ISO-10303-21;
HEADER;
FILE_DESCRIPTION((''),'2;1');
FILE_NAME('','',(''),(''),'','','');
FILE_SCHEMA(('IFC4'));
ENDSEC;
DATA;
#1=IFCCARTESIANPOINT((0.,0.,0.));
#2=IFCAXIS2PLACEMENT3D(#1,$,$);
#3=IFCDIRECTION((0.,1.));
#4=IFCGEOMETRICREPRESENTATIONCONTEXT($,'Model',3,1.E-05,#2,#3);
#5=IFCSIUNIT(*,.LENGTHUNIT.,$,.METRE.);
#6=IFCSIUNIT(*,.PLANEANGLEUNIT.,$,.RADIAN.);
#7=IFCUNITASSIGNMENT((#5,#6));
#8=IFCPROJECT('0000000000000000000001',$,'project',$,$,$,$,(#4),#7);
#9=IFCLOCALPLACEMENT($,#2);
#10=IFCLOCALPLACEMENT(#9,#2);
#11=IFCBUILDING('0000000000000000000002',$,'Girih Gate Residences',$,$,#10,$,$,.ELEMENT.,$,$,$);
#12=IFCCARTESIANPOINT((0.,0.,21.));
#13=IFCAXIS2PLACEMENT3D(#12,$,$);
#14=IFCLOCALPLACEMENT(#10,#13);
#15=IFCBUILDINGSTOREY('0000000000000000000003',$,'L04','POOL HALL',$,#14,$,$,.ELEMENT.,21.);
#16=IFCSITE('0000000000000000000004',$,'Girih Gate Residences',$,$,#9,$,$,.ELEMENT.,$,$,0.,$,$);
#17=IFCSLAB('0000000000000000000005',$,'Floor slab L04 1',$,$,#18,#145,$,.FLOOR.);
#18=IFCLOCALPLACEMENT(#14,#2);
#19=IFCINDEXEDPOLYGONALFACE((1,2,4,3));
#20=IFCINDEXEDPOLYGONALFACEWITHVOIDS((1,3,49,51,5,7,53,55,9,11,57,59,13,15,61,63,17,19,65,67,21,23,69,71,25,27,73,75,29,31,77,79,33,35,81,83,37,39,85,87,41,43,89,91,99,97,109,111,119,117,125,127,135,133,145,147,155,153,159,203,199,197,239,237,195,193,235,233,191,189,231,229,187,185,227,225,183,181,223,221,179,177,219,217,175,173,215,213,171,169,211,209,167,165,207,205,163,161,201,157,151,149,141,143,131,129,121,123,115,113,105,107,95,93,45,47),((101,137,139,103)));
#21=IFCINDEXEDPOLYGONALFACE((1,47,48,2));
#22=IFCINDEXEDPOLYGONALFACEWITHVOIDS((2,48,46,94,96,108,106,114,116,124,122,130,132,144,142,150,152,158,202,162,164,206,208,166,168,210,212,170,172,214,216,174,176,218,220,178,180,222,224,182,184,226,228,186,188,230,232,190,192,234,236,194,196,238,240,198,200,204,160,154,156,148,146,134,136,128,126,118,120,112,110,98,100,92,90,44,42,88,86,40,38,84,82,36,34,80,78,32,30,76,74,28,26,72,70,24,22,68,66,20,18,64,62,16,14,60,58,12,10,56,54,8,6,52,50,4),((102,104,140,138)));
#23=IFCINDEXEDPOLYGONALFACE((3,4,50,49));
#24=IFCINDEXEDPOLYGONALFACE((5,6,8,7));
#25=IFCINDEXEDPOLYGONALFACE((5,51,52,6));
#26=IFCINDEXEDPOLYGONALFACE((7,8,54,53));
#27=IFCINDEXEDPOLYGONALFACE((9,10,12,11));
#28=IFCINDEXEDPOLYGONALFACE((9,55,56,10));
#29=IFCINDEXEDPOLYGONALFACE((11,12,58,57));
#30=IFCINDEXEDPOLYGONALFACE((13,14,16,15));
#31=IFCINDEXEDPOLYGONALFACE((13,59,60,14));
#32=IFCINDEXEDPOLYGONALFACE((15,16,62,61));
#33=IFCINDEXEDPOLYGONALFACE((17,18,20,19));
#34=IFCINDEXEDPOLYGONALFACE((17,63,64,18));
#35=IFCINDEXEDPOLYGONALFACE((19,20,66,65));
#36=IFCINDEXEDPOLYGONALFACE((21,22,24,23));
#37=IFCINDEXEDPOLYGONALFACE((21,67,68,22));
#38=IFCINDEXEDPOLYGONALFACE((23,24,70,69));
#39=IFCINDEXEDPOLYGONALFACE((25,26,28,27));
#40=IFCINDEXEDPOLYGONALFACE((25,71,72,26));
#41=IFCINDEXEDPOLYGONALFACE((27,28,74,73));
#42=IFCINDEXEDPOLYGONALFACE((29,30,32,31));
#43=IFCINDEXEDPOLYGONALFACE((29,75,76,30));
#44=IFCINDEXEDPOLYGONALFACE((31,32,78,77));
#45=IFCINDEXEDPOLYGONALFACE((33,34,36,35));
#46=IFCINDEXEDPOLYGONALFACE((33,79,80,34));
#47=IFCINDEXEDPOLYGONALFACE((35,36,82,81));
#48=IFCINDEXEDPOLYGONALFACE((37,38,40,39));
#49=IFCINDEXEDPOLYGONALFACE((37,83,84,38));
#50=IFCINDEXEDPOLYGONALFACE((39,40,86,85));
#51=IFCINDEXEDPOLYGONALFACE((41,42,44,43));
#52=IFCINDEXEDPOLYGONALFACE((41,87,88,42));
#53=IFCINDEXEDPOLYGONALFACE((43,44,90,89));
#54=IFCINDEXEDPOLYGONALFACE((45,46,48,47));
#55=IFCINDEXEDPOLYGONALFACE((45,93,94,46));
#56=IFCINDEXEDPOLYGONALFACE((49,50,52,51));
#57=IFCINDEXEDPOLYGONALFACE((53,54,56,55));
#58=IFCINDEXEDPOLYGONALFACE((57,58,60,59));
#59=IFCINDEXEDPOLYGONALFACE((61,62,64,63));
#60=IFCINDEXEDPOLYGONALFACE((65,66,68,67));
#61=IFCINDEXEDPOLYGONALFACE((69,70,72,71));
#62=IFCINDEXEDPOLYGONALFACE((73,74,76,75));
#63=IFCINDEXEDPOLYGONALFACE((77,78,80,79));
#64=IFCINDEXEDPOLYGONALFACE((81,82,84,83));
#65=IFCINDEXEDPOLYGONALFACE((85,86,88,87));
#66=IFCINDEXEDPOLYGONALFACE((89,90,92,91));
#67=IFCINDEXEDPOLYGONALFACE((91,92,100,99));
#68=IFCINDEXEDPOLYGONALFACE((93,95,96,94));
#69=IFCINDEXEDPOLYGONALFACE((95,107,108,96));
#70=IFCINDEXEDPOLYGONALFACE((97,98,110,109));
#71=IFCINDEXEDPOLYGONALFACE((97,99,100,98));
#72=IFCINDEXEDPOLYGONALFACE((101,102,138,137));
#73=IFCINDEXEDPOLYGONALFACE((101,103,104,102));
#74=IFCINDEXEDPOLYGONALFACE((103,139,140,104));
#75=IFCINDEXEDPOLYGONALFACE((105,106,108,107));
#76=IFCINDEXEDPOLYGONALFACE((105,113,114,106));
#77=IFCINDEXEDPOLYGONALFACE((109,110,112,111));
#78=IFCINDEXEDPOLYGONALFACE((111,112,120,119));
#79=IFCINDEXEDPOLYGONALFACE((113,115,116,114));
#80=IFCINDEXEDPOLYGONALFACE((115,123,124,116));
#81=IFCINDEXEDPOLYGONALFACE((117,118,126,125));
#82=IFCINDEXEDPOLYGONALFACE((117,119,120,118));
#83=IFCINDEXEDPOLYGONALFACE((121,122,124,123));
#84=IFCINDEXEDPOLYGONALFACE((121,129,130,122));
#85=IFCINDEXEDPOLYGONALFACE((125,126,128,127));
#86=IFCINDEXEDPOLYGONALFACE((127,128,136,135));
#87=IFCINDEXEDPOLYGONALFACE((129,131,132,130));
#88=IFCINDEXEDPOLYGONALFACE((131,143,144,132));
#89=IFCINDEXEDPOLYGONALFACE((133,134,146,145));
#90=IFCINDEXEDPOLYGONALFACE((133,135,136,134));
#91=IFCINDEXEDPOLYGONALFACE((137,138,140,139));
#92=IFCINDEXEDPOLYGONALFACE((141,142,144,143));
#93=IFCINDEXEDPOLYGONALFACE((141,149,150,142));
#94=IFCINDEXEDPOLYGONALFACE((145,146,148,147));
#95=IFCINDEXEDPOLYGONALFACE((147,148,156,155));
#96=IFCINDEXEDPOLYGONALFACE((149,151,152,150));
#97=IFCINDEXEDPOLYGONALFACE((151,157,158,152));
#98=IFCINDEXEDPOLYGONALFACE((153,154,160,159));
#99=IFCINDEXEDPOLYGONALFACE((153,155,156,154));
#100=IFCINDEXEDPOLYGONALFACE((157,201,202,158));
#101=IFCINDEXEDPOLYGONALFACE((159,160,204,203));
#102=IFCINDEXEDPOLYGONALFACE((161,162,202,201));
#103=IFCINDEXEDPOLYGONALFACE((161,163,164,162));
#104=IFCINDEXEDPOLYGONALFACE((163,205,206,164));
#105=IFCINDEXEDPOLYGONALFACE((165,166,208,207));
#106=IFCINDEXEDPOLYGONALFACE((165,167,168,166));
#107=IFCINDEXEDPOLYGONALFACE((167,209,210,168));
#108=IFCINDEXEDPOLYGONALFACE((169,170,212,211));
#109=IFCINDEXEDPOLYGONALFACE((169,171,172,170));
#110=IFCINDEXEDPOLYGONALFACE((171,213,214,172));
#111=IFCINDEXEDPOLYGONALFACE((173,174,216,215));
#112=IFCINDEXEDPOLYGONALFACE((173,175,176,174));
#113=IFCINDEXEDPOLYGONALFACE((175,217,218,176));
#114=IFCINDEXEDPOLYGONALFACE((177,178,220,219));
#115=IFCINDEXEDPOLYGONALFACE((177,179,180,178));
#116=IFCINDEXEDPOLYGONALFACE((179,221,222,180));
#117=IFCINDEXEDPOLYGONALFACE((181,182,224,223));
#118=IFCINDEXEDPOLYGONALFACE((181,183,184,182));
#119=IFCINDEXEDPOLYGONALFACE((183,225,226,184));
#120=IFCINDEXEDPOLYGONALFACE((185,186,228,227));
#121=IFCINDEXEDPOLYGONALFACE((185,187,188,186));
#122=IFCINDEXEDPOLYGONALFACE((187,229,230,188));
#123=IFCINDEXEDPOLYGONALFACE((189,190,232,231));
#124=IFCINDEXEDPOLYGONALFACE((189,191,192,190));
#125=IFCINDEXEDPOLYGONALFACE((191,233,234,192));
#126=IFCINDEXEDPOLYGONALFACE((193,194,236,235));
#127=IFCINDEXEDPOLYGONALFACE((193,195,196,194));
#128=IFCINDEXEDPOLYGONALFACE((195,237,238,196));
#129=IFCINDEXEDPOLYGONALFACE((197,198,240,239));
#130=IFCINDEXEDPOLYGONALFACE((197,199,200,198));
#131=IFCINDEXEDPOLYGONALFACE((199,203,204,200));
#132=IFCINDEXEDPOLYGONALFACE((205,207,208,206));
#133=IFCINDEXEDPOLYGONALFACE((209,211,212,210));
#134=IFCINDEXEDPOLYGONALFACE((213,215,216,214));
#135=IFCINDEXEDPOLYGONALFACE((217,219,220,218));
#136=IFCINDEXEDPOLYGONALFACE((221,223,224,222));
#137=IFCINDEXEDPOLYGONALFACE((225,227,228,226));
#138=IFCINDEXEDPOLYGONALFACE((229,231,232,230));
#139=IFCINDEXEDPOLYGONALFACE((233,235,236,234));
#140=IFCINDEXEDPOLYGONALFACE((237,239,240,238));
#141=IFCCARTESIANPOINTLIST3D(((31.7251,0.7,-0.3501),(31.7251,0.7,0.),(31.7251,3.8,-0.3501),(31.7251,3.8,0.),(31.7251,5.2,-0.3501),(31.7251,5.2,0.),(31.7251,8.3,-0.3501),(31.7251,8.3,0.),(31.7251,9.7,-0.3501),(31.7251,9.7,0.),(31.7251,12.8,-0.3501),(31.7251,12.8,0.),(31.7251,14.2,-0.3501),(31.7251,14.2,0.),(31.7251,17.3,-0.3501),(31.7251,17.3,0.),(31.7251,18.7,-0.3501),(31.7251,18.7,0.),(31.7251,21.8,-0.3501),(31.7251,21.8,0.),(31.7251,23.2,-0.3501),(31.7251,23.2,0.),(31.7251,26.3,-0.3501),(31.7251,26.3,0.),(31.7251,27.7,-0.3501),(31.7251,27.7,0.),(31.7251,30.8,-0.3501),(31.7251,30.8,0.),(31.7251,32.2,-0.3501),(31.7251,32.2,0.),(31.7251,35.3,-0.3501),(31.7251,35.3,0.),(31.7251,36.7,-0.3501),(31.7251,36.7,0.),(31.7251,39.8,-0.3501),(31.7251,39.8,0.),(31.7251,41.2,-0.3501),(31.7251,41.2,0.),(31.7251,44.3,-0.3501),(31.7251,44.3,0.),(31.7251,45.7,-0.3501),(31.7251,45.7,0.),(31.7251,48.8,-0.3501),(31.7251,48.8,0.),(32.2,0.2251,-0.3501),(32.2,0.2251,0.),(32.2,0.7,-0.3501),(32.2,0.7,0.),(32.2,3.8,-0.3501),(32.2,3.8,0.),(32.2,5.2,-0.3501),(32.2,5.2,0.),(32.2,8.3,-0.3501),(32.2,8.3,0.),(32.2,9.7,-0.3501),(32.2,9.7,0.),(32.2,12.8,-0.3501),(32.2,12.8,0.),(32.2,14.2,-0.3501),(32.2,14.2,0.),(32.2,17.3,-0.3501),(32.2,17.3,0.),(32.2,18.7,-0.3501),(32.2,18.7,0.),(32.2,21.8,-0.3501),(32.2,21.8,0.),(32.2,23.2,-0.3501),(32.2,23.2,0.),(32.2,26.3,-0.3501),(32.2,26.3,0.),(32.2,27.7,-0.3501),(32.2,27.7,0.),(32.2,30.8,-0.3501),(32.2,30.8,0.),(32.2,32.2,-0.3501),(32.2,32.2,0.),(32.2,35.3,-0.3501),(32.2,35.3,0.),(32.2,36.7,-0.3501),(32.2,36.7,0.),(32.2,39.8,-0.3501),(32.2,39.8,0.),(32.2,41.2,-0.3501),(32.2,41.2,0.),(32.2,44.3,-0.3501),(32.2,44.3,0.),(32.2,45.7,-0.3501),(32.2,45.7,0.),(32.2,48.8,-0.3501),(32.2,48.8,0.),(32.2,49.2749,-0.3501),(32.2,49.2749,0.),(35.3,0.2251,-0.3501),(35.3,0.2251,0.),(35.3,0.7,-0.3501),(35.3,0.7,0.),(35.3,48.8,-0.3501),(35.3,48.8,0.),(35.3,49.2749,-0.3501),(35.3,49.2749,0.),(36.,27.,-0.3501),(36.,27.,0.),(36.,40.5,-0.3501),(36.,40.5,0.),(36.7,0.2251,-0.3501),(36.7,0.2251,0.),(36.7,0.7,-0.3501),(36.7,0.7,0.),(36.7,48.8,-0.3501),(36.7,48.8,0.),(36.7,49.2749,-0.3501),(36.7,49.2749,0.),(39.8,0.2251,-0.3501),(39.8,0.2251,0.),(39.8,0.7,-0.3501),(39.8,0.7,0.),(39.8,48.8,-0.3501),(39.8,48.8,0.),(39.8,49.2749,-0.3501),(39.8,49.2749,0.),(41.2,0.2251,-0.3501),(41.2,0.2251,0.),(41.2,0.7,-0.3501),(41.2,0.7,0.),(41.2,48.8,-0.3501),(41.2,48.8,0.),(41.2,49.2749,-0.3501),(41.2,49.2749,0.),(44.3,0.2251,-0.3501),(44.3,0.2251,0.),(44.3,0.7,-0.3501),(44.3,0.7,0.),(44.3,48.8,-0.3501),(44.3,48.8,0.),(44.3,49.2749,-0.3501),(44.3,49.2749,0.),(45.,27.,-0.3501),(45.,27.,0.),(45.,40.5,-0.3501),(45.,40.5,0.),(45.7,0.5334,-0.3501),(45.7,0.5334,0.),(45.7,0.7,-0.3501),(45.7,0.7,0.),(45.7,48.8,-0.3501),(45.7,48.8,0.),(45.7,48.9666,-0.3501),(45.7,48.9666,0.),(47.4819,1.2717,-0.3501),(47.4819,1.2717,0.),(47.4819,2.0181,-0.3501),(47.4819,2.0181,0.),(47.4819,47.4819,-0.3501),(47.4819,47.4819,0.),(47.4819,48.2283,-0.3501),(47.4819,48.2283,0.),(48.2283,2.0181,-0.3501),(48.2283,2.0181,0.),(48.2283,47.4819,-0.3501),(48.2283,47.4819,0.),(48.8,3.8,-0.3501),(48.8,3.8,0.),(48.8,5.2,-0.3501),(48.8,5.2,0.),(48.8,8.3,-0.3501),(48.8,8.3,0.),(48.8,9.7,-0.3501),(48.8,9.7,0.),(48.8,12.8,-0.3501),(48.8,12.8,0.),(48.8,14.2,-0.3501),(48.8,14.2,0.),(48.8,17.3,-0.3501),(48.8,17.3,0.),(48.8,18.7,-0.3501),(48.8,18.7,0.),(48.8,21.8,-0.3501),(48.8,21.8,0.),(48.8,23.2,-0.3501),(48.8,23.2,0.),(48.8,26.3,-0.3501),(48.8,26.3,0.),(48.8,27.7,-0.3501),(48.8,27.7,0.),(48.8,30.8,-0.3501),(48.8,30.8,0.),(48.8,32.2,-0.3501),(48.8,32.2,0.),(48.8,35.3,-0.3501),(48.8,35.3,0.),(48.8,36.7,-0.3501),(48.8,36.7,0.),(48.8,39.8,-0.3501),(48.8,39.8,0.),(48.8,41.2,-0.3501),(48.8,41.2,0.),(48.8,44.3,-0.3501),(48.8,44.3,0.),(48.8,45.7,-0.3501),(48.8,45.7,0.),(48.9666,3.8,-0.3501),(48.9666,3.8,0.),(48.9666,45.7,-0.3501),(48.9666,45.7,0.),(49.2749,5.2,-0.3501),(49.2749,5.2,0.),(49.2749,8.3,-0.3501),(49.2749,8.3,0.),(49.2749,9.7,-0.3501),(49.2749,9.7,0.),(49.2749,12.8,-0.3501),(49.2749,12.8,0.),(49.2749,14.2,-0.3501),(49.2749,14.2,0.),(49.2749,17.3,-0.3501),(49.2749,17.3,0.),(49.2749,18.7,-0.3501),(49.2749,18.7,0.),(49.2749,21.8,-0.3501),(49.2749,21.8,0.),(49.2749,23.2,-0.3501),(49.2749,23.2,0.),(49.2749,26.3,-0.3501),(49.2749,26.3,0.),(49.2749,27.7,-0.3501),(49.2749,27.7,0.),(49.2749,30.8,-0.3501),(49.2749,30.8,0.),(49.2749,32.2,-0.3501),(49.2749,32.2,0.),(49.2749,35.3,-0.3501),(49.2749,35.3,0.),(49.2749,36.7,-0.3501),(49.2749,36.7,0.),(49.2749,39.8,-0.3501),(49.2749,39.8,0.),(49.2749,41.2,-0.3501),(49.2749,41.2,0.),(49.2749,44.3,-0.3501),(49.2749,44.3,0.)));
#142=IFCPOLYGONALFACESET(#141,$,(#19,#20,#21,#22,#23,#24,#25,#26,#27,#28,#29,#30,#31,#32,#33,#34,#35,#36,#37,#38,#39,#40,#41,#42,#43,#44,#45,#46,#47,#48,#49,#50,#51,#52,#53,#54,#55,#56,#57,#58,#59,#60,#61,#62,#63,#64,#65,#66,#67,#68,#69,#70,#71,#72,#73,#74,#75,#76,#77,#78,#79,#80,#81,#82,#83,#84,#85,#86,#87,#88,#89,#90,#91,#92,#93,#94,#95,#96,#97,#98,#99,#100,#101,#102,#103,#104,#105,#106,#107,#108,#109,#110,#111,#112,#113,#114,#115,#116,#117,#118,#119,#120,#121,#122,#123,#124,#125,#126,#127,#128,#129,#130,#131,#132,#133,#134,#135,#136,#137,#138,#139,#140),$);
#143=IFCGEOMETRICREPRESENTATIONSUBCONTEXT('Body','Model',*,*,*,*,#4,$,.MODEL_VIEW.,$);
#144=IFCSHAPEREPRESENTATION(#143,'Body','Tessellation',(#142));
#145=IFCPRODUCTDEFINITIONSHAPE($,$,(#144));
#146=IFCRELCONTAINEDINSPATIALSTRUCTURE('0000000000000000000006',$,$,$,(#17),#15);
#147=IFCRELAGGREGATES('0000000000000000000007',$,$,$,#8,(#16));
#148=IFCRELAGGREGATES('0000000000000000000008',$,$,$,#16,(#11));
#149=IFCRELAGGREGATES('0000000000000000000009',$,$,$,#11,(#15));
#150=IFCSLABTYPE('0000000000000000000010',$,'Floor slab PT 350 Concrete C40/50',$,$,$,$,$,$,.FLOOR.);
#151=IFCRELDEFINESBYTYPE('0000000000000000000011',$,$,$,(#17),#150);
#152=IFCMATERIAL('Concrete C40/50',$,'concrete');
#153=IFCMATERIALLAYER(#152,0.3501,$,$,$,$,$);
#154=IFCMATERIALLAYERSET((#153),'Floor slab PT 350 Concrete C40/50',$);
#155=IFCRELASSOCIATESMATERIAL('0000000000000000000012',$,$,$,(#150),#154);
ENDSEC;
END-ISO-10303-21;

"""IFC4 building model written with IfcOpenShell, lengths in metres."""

from ifc_helpers import new_model, si_unit, direction, frame, origin, place, context, subcontext, project, spatial, polyline, outline, extrude, material, layer, layer_set, type_object, element, save


model = new_model("IFC4")

# Units and contexts
model_context = context("Model", 3, precision=1e-05, world=origin(), true_north=direction((0.0, 1.0)))
body_context = subcontext(model_context, "Body", "Model", "MODEL_VIEW")
ifc_project = project(units=[si_unit("LENGTHUNIT", "METRE"), si_unit("PLANEANGLEUNIT", "RADIAN")], contexts=[model_context])

# Site, building, storey
site_placement = place(None, origin())
site = spatial("IfcSite", under=ifc_project, at=site_placement, Name="Girih Gate Residences", CompositionType="ELEMENT", RefElevation=0.0)
building_placement = place(site_placement, origin())
building = spatial("IfcBuilding", under=site, at=building_placement, Name="Girih Gate Residences", CompositionType="ELEMENT")
storey_placement = place(building_placement, frame((0.0, 0.0, 21.0)))
storey = spatial("IfcBuildingStorey", under=building, at=storey_placement, Name="L04", Description="POOL HALL", CompositionType="ELEMENT", Elevation=21.0)

# Slab
ifc_material = material(Name="Concrete C40/50", Category="concrete")
ifc_layer_1 = layer(ifc_material, 0.3501)
ifc_layer_set_1 = layer_set([ifc_layer_1], Name="Floor slab PT 350 Concrete C40/50")
slab_type_1 = type_object("IfcSlabType", Name="Floor slab PT 350 Concrete C40/50", PredefinedType="FLOOR", material=ifc_layer_set_1)
slab_1_placement = place(storey_placement, frame((0.0, 0.0, -0.3501)))
element("IfcSlab", 1, at=slab_1_placement, inside=storey, type_object=slab_type_1, Name="Floor slab L04 1", PredefinedType="FLOOR", context=body_context, shape_type="SweptSolid", body=[
    extrude(outline(polyline([(35.3, 49.2749), (32.2, 49.2749), (32.2, 48.8), (31.7251, 48.8), (31.7251, 45.7), (32.2, 45.7), (32.2, 44.3), (31.7251, 44.3), (31.7251, 41.2), (32.2, 41.2), (32.2, 39.8), (31.7251, 39.8), (31.7251, 36.7), (32.2, 36.7), (32.2, 35.3), (31.7251, 35.3), (31.7251, 32.2), (32.2, 32.2), (32.2, 30.8), (31.7251, 30.8), (31.7251, 27.7), (32.2, 27.7), (32.2, 26.3), (31.7251, 26.3), (31.7251, 23.2), (32.2, 23.2), (32.2, 21.8), (31.7251, 21.8), (31.7251, 18.7), (32.2, 18.7), (32.2, 17.3), (31.7251, 17.3), (31.7251, 14.2), (32.2, 14.2), (32.2, 12.8), (31.7251, 12.8), (31.7251, 9.7), (32.2, 9.7), (32.2, 8.3), (31.7251, 8.3), (31.7251, 5.2), (32.2, 5.2), (32.2, 3.8), (31.7251, 3.8), (31.7251, 0.7), (32.2, 0.7), (32.2, 0.2251), (35.3, 0.2251), (35.3, 0.7), (36.7, 0.7), (36.7, 0.2251), (39.8, 0.2251), (39.8, 0.7), (41.2, 0.7), (41.2, 0.2251), (44.3, 0.2251), (44.3, 0.7), (45.7, 0.7), (45.7, 0.5334), (47.4819, 1.2717), (47.4819, 2.0181), (48.2283, 2.0181), (48.9666, 3.8), (48.8, 3.8), (48.8, 5.2), (49.2749, 5.2), (49.2749, 8.3), (48.8, 8.3), (48.8, 9.7), (49.2749, 9.7), (49.2749, 12.8), (48.8, 12.8), (48.8, 14.2), (49.2749, 14.2), (49.2749, 17.3), (48.8, 17.3), (48.8, 18.7), (49.2749, 18.7), (49.2749, 21.8), (48.8, 21.8), (48.8, 23.2), (49.2749, 23.2), (49.2749, 26.3), (48.8, 26.3), (48.8, 27.7), (49.2749, 27.7), (49.2749, 30.8), (48.8, 30.8), (48.8, 32.2), (49.2749, 32.2), (49.2749, 35.3), (48.8, 35.3), (48.8, 36.7), (49.2749, 36.7), (49.2749, 39.8), (48.8, 39.8), (48.8, 41.2), (49.2749, 41.2), (49.2749, 44.3), (48.8, 44.3), (48.8, 45.7), (48.9666, 45.7), (48.2283, 47.4819), (47.4819, 47.4819), (47.4819, 48.2283), (45.7, 48.9666), (45.7, 48.8), (44.3, 48.8), (44.3, 49.2749), (41.2, 49.2749), (41.2, 48.8), (39.8, 48.8), (39.8, 49.2749), (36.7, 49.2749), (36.7, 48.8), (35.3, 48.8), (35.3, 49.2749)]), holes=[polyline([(45.0, 40.5), (45.0, 27.0), (36.0, 27.0), (36.0, 40.5), (45.0, 40.5)])]), origin(), (0.0, 0.0, 1.0), 0.3501),
])

save(model, "model.ifc")
